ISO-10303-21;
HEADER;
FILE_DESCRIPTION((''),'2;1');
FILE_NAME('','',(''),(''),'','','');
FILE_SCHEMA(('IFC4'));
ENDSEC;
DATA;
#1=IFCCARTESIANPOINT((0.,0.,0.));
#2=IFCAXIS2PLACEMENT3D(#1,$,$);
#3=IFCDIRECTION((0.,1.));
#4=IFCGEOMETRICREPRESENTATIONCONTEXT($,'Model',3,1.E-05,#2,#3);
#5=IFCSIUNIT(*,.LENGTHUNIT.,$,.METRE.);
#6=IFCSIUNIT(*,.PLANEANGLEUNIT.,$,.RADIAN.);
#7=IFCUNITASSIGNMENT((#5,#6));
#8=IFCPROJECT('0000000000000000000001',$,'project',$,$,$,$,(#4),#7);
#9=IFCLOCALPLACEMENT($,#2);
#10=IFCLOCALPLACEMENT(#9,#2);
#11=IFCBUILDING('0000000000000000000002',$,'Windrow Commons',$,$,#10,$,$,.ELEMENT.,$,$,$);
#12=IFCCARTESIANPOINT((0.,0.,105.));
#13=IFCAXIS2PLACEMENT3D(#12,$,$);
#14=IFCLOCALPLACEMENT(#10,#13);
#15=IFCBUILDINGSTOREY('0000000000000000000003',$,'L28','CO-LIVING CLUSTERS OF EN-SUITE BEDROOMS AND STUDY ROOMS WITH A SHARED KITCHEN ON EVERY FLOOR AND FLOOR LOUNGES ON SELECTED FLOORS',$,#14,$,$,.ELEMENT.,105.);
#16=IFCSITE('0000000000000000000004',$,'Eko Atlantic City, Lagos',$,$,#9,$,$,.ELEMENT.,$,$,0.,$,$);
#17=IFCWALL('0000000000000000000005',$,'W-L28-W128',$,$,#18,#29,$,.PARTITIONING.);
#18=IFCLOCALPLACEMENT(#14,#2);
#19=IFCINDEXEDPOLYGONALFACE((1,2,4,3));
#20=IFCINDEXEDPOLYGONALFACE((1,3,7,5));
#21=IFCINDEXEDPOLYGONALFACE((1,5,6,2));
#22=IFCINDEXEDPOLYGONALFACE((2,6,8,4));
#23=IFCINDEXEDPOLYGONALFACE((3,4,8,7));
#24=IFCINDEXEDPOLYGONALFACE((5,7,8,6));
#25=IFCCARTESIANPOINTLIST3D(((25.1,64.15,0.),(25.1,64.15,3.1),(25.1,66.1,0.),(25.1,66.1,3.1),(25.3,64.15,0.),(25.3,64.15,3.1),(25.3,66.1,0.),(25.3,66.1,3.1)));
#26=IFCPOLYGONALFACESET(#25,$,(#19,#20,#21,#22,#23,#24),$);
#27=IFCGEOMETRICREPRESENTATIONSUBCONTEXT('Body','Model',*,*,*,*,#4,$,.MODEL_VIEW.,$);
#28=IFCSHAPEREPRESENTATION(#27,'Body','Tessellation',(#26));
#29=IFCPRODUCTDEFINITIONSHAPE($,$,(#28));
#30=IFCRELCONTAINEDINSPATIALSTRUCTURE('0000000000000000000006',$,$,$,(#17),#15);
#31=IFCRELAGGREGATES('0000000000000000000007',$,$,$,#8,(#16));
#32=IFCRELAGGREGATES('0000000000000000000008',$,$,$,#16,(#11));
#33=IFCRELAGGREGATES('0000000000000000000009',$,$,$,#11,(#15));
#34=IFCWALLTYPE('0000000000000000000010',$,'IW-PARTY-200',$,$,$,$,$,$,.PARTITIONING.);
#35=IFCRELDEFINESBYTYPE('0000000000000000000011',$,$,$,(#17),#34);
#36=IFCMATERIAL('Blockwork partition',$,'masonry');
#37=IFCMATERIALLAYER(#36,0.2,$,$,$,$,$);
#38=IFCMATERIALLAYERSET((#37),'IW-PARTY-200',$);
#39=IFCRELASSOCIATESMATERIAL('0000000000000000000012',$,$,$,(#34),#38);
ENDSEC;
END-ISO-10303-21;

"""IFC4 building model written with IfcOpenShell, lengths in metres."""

from ifc_helpers import new_model, si_unit, direction, frame, frame_2d, origin, place, context, subcontext, project, spatial, rectangle, extrude, material, layer, layer_set, type_object, element, save


model = new_model("IFC4")

# Units and contexts
model_context = context("Model", 3, precision=1e-05, world=origin(), true_north=direction((0.0, 1.0)))
body_context = subcontext(model_context, "Body", "Model", "MODEL_VIEW")
ifc_project = project(units=[si_unit("LENGTHUNIT", "METRE"), si_unit("PLANEANGLEUNIT", "RADIAN")], contexts=[model_context])

# Site, building, storey
site_placement = place(None, origin())
site = spatial("IfcSite", under=ifc_project, at=site_placement, Name="Eko Atlantic City, Lagos", CompositionType="ELEMENT", RefElevation=0.0)
building_placement = place(site_placement, origin())
building = spatial("IfcBuilding", under=site, at=building_placement, Name="Windrow Commons", CompositionType="ELEMENT")
storey_placement = place(building_placement, frame((0.0, 0.0, 105.0)))
storey = spatial("IfcBuildingStorey", under=building, at=storey_placement, Name="L28", Description="CO-LIVING CLUSTERS OF EN-SUITE BEDROOMS AND STUDY ROOMS WITH A SHARED KITCHEN ON EVERY FLOOR AND FLOOR LOUNGES ON SELECTED FLOORS", CompositionType="ELEMENT", Elevation=105.0)

# Wall
ifc_material_1 = material(Name="Blockwork partition", Category="masonry")
ifc_layer_1 = layer(ifc_material_1, 0.2)
ifc_layer_set_1 = layer_set([ifc_layer_1], Name="IW-PARTY-200")
wall_type_1 = type_object("IfcWallType", Name="IW-PARTY-200", PredefinedType="PARTITIONING", material=ifc_layer_set_1)
wall_1_placement = place(storey_placement, frame((25.2, 64.15, 0.0), z_axis=(0.0, 0.0, 1.0), x_axis=(0.0, 1.0, 0.0)))
element("IfcWall", 1, at=wall_1_placement, inside=storey, type_object=wall_type_1, Name="W-L28-W128", PredefinedType="PARTITIONING", context=body_context, shape_type="SweptSolid", body=[
    extrude(rectangle(XDim=1.95, YDim=0.2, at=frame_2d((0.975, 0.0))), origin(), (0.0, 0.0, 1.0), 3.1),
])

save(model, "model.ifc")
